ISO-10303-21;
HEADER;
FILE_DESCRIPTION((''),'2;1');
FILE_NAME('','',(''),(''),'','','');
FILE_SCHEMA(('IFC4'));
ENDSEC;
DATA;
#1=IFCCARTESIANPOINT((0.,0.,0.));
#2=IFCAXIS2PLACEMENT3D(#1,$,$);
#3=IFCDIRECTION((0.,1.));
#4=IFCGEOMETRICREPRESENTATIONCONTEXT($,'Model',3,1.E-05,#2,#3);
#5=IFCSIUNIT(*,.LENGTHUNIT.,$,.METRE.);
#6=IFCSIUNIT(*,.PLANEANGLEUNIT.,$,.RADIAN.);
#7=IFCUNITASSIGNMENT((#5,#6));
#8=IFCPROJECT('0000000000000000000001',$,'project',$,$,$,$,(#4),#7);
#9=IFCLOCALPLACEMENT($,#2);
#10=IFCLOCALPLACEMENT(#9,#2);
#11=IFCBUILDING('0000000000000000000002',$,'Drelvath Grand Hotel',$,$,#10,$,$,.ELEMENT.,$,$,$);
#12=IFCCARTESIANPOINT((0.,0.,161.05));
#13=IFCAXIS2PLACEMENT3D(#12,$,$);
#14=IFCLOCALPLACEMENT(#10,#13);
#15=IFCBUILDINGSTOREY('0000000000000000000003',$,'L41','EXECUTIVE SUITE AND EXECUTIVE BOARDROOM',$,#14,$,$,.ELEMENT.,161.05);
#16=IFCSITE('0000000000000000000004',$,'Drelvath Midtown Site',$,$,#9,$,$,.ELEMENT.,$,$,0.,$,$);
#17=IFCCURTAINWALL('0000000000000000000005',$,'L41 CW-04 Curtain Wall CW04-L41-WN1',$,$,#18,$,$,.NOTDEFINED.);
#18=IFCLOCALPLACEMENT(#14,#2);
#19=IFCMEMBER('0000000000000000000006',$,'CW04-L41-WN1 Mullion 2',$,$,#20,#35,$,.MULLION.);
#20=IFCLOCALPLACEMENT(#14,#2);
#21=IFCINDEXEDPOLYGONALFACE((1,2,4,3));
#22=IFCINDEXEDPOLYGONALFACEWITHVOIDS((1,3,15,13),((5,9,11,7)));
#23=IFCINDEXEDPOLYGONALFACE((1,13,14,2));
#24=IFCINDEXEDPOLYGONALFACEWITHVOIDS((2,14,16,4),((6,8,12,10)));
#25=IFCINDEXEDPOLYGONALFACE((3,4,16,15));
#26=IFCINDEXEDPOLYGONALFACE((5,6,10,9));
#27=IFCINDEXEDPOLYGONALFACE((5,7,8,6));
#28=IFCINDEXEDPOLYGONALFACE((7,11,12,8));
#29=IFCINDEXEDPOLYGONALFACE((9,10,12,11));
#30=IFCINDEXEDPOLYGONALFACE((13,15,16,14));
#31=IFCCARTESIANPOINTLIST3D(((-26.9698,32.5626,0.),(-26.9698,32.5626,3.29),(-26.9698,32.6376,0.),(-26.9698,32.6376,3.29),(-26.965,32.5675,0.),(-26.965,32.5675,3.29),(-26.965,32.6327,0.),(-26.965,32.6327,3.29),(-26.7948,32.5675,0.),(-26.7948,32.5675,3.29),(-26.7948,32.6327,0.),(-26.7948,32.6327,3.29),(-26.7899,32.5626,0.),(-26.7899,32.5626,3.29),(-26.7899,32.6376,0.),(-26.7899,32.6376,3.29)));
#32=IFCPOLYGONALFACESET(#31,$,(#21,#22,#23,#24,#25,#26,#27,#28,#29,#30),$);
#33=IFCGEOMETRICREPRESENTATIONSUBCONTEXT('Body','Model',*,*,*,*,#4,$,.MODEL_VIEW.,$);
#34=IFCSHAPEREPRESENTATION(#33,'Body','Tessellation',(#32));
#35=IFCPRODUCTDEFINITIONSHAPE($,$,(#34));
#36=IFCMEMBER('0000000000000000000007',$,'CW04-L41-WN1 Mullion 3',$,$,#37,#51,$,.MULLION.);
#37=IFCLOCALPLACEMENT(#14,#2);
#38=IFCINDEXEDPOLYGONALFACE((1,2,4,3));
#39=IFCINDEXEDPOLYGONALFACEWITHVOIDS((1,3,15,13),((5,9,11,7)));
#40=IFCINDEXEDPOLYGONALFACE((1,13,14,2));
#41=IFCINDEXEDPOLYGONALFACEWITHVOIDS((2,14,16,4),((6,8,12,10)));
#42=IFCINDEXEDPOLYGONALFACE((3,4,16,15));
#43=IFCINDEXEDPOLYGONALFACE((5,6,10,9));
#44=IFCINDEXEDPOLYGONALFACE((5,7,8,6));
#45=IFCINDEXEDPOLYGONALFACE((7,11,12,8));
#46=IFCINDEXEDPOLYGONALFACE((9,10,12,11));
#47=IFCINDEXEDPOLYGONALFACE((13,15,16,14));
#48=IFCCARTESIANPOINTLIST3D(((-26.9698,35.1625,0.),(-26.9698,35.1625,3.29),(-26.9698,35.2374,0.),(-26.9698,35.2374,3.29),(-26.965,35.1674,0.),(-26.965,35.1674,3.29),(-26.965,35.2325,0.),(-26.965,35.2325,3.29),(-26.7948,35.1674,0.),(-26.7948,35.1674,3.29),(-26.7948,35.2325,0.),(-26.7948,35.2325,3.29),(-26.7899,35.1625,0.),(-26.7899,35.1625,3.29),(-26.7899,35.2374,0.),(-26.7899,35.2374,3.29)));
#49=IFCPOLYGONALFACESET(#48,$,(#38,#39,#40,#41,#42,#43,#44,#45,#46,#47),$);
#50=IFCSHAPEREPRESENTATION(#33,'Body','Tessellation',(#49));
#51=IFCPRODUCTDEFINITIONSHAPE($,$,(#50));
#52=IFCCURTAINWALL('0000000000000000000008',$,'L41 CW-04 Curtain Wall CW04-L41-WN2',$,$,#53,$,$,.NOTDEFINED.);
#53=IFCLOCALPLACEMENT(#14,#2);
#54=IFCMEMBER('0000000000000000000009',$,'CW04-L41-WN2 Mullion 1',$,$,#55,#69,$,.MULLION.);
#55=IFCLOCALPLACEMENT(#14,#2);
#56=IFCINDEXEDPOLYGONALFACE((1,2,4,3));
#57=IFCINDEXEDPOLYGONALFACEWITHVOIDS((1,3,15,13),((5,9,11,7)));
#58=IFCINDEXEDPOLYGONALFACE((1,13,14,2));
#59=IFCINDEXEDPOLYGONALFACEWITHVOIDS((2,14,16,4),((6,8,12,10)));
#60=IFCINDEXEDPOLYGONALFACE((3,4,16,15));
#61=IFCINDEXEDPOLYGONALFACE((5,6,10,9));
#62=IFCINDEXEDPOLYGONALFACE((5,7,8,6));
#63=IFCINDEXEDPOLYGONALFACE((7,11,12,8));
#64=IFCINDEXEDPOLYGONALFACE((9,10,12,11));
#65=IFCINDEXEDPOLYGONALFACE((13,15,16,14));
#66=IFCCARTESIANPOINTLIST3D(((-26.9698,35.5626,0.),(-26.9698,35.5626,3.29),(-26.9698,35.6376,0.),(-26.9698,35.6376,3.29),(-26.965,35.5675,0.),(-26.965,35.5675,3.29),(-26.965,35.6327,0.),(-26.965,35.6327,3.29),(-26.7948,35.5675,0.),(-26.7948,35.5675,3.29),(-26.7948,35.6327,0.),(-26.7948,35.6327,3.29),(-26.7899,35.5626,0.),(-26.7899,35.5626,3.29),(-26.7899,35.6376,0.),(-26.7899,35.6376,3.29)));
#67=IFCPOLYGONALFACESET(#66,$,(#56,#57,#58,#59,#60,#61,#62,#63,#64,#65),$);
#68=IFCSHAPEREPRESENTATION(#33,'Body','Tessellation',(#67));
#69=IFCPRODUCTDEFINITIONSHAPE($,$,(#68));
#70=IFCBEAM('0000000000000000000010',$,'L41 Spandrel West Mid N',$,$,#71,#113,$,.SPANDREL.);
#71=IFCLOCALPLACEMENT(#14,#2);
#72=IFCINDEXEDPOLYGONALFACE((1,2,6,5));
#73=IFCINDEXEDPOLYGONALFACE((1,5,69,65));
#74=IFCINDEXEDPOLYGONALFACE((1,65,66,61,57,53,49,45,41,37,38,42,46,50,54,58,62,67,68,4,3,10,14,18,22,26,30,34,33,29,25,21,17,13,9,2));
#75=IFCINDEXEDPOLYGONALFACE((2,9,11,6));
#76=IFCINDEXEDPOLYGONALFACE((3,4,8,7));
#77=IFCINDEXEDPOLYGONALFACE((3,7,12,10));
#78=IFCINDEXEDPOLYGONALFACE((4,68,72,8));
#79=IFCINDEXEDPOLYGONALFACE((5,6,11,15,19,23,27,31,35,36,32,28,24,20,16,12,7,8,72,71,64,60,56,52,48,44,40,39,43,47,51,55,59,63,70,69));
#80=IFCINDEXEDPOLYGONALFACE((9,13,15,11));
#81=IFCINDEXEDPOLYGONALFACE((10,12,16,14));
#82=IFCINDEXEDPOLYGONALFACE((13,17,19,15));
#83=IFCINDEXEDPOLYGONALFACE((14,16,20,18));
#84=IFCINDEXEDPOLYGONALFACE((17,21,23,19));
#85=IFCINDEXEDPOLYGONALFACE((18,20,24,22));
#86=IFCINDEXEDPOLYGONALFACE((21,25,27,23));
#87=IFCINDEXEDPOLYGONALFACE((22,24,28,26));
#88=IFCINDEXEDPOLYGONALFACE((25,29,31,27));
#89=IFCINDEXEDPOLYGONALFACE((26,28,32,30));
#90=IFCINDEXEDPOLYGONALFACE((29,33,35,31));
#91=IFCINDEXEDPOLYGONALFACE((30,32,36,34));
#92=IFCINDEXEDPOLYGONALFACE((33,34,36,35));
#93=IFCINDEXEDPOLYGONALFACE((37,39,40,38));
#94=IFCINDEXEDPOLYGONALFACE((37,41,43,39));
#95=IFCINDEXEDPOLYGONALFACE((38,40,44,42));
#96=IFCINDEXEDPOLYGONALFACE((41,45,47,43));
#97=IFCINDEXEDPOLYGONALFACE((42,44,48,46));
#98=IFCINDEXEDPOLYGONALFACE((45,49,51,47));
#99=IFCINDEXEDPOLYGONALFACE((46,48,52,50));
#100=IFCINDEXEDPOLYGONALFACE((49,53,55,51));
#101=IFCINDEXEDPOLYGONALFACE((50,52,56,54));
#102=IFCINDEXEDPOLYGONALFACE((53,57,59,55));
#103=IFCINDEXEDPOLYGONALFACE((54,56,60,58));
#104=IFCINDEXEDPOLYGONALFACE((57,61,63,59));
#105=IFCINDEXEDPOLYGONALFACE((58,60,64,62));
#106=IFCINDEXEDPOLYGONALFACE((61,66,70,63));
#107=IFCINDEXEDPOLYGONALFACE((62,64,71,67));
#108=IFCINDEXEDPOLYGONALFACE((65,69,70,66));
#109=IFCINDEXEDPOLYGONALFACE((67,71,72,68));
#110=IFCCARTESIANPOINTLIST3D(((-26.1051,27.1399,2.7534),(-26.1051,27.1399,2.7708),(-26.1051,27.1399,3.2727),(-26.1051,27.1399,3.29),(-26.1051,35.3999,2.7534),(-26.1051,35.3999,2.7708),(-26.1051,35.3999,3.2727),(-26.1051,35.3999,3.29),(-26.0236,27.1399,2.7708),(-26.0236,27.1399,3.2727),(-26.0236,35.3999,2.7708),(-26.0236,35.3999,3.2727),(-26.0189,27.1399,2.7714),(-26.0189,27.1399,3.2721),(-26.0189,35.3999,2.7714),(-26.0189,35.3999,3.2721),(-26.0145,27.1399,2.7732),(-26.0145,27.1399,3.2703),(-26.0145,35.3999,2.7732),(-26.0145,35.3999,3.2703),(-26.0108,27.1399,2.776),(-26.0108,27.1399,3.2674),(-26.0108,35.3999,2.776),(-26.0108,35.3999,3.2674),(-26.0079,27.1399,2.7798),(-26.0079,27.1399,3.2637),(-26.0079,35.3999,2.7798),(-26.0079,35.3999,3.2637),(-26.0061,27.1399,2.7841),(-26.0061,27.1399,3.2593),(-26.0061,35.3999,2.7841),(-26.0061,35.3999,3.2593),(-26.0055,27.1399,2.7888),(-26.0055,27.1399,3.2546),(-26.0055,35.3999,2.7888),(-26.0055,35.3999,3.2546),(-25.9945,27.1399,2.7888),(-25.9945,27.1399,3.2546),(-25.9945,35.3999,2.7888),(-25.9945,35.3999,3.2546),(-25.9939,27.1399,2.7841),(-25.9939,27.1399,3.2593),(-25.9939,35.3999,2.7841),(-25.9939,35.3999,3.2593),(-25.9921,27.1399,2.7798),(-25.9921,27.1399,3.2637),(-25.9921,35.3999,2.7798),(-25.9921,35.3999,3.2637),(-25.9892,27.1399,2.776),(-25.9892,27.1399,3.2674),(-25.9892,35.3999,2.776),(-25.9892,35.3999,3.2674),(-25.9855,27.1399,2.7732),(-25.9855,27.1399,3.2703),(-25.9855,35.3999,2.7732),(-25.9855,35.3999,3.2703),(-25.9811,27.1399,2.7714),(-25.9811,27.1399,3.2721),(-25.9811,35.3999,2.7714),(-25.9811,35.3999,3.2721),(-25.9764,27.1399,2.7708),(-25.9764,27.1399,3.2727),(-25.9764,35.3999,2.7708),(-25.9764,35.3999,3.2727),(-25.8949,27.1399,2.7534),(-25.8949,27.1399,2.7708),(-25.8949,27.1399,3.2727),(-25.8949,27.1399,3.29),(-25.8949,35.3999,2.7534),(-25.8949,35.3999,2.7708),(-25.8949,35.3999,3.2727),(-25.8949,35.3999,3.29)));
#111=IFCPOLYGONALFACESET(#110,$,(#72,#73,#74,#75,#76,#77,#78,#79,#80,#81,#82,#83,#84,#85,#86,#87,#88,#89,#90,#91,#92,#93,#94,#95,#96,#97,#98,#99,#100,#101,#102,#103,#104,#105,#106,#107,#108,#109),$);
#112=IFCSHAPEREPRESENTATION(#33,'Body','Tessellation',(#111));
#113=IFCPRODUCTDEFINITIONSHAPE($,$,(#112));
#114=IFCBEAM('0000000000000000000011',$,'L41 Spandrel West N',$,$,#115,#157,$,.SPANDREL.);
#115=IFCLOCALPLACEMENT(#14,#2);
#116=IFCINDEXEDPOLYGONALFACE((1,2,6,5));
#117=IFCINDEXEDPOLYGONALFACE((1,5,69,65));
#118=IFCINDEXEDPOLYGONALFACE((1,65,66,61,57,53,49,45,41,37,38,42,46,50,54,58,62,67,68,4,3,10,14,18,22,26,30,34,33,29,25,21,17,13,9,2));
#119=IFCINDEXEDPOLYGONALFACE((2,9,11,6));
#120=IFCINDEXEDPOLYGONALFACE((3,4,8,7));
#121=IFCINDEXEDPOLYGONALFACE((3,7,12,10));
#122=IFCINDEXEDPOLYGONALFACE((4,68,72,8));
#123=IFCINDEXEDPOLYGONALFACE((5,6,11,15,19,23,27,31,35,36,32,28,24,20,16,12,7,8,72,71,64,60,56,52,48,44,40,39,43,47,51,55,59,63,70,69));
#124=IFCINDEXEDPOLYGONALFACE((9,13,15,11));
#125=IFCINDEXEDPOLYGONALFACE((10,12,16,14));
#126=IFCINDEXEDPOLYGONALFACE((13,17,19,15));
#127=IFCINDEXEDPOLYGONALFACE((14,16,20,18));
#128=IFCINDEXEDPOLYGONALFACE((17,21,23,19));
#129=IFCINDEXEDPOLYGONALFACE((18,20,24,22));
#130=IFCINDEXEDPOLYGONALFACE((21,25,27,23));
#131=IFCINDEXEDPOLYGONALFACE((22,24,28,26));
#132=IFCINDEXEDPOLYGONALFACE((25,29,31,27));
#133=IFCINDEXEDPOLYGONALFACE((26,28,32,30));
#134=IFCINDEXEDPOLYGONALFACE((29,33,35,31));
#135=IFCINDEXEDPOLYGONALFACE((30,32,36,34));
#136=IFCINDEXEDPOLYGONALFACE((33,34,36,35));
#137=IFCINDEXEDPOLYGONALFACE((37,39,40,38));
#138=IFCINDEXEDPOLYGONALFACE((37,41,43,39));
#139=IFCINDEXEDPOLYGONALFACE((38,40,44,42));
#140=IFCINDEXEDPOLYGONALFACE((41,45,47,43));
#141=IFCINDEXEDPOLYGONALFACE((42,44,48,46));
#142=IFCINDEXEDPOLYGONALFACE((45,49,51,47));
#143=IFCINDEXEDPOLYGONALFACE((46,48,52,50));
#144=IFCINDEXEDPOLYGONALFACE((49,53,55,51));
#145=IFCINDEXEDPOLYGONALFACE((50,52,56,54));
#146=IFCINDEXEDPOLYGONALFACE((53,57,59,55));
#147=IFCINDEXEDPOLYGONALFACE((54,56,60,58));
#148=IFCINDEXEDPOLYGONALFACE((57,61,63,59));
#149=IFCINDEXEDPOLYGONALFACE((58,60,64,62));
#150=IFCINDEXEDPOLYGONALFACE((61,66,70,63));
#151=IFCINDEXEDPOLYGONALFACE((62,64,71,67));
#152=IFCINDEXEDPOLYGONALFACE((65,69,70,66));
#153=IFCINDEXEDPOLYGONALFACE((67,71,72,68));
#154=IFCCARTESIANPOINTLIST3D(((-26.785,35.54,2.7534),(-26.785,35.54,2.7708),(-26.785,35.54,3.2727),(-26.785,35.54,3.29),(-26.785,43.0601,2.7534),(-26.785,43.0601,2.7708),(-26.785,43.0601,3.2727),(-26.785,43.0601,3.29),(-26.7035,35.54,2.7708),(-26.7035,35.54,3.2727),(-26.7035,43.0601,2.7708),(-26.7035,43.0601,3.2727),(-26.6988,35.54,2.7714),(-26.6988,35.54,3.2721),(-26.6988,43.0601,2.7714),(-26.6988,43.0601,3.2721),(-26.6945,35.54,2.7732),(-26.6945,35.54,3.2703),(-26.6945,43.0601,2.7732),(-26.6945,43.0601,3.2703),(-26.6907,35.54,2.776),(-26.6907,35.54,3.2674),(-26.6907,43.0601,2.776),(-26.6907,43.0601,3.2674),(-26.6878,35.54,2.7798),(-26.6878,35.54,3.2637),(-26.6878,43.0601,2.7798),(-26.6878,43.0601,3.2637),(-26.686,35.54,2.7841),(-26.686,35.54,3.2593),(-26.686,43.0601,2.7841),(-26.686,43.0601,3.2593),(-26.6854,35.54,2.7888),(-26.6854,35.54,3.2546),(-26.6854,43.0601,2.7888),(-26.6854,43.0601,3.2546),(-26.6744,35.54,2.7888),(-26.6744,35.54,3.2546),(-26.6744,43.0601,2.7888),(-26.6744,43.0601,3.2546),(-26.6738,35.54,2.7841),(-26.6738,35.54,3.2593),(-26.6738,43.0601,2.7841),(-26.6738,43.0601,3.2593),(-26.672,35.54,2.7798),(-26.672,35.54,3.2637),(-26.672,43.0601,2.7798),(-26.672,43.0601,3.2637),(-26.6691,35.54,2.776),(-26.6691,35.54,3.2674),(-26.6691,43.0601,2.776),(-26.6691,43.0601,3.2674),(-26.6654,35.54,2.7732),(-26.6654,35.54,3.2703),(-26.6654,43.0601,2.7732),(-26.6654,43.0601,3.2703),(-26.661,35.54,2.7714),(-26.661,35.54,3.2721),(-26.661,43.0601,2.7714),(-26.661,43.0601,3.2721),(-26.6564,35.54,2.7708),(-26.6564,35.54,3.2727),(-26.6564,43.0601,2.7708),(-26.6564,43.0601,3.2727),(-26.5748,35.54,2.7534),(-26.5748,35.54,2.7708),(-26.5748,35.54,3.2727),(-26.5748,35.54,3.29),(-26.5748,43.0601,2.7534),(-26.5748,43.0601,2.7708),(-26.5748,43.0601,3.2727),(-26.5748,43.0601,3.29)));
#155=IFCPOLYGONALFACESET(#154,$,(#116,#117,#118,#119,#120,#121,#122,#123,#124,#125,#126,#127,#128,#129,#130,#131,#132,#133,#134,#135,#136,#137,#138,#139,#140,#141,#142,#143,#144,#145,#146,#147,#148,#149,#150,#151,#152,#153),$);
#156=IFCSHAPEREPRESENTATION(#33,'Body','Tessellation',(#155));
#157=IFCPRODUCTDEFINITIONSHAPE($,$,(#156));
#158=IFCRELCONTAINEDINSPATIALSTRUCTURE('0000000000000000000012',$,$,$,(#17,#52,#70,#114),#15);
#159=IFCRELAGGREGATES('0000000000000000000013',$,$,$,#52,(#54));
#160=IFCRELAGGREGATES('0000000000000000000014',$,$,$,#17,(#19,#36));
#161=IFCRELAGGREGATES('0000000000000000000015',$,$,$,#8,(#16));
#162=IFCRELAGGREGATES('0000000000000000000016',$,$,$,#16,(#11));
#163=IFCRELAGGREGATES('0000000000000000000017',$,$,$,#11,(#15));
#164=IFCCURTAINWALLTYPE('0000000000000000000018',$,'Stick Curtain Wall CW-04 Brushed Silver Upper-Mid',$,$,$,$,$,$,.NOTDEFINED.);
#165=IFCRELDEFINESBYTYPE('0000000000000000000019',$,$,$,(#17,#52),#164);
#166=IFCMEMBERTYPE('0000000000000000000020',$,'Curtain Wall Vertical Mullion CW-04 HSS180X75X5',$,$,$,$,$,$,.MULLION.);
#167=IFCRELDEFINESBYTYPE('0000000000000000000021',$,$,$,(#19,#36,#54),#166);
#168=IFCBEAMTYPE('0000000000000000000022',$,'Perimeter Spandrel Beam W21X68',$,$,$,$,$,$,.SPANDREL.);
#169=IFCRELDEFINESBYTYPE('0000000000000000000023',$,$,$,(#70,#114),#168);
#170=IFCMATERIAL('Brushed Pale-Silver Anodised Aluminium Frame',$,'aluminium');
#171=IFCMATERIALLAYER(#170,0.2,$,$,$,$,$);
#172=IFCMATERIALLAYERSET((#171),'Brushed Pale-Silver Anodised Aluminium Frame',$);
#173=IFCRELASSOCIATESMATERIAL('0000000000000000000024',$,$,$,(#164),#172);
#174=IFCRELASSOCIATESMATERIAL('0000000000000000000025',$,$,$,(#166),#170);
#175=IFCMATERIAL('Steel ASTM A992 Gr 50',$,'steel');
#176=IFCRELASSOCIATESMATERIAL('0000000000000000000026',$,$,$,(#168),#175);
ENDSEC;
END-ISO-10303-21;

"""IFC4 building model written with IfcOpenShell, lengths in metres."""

from ifc_helpers import new_model, si_unit, direction, frame, origin, origin_2d, place, context, subcontext, project, spatial, hollow_rectangle, i_section, extrude, material, layer, layer_set, material_profile, profile_set, type_object, element, aggregate, save


model = new_model("IFC4")

# Units and contexts
model_context = context("Model", 3, precision=1e-05, world=origin(), true_north=direction((0.0, 1.0)))
body_context = subcontext(model_context, "Body", "Model", "MODEL_VIEW")
ifc_project = project(units=[si_unit("LENGTHUNIT", "METRE"), si_unit("PLANEANGLEUNIT", "RADIAN")], contexts=[model_context])

# Site, building, storey
site_placement = place(None, origin())
site = spatial("IfcSite", under=ifc_project, at=site_placement, Name="Drelvath Midtown Site", CompositionType="ELEMENT", RefElevation=0.0)
building_placement = place(site_placement, origin())
building = spatial("IfcBuilding", under=site, at=building_placement, Name="Drelvath Grand Hotel", CompositionType="ELEMENT")
storey_placement = place(building_placement, frame((0.0, 0.0, 161.05)))
storey = spatial("IfcBuildingStorey", under=building, at=storey_placement, Name="L41", Description="EXECUTIVE SUITE AND EXECUTIVE BOARDROOM", CompositionType="ELEMENT", Elevation=161.05)

# Curtain wall
ifc_material_1 = material(Name="Brushed Pale-Silver Anodised Aluminium Frame", Category="aluminium")
ifc_layer_1 = layer(ifc_material_1, 0.2)
ifc_layer_set_1 = layer_set([ifc_layer_1], Name="Brushed Pale-Silver Anodised Aluminium Frame")
curtain_wall_type = type_object("IfcCurtainWallType", Name="Stick Curtain Wall CW-04 Brushed Silver Upper-Mid", PredefinedType="NOTDEFINED", material=ifc_layer_set_1)
curtain_wall_1_placement = place(storey_placement, origin())
curtain_wall_1 = element("IfcCurtainWall", 1, at=curtain_wall_1_placement, inside=storey, type_object=curtain_wall_type, Name="L41 CW-04 Curtain Wall CW04-L41-WN1", PredefinedType="NOTDEFINED")

# Members
ifc_material_profile_1 = material_profile(ifc_material_1, hollow_rectangle(XDim=0.075, YDim=0.1799, WallThickness=0.0049, at=origin_2d()), Name="HSS180X75X5")
ifc_profile_set_1 = profile_set([ifc_material_profile_1], Name="Brushed Pale-Silver Anodised Aluminium Frame")
member_type_1 = type_object("IfcMemberType", Name="Curtain Wall Vertical Mullion CW-04 HSS180X75X5", PredefinedType="MULLION", material=ifc_profile_set_1)
member_1_placement = place(storey_placement, frame((-26.8799, 32.6001, 0.0), z_axis=(0.0, 0.0, 1.0), x_axis=(0.0, 1.0, 0.0)))
member_1 = element("IfcMember", 2, at=member_1_placement, type_object=member_type_1, Name="CW04-L41-WN1 Mullion 2", PredefinedType="MULLION", context=body_context, shape_type="SweptSolid", body=[
    extrude(hollow_rectangle(XDim=0.075, YDim=0.1799, WallThickness=0.0049, at=origin_2d()), origin(), (0.0, 0.0, 1.0), 3.29),
])
member_2_placement = place(storey_placement, frame((-26.8799, 35.2, 0.0), z_axis=(0.0, 0.0, 1.0), x_axis=(0.0, 1.0, 0.0)))
member_2 = element("IfcMember", 3, at=member_2_placement, type_object=member_type_1, Name="CW04-L41-WN1 Mullion 3", PredefinedType="MULLION", context=body_context, shape_type="SweptSolid", body=[
    extrude(hollow_rectangle(XDim=0.075, YDim=0.1799, WallThickness=0.0049, at=origin_2d()), origin(), (0.0, 0.0, 1.0), 3.29),
])

# Curtain wall, member
curtain_wall_2_placement = place(storey_placement, origin())
curtain_wall_2 = element("IfcCurtainWall", 4, at=curtain_wall_2_placement, inside=storey, type_object=curtain_wall_type, Name="L41 CW-04 Curtain Wall CW04-L41-WN2", PredefinedType="NOTDEFINED")
member_3_placement = place(storey_placement, frame((-26.8799, 35.6001, 0.0), z_axis=(0.0, 0.0, 1.0), x_axis=(0.0, 1.0, 0.0)))
member_3 = element("IfcMember", 5, at=member_3_placement, type_object=member_type_1, Name="CW04-L41-WN2 Mullion 1", PredefinedType="MULLION", context=body_context, shape_type="SweptSolid", body=[
    extrude(hollow_rectangle(XDim=0.075, YDim=0.1799, WallThickness=0.0049, at=origin_2d()), origin(), (0.0, 0.0, 1.0), 3.29),
])
aggregate(curtain_wall_2, [member_3])

# Beams
ifc_material_2 = material(Name="Steel ASTM A992 Gr 50", Category="steel")
ifc_material_profile_2 = material_profile(ifc_material_2, i_section(OverallWidth=0.2102, OverallDepth=0.5366, WebThickness=0.011, FlangeThickness=0.0173, FilletRadius=0.0181, at=origin_2d()), Name="W21X68")
ifc_profile_set_2 = profile_set([ifc_material_profile_2], Name="Steel ASTM A992 Gr 50")
beam_type_1 = type_object("IfcBeamType", Name="Perimeter Spandrel Beam W21X68", PredefinedType="SPANDREL", material=ifc_profile_set_2)
beam_1_placement = place(storey_placement, frame((-26.0, 27.1399, 3.0217), z_axis=(0.0, 1.0, 0.0), x_axis=(-1.0, 0.0, 0.0)))
element("IfcBeam", 6, at=beam_1_placement, inside=storey, type_object=beam_type_1, Name="L41 Spandrel West Mid N", PredefinedType="SPANDREL", context=body_context, shape_type="SweptSolid", body=[
    extrude(i_section(OverallWidth=0.2102, OverallDepth=0.5366, WebThickness=0.011, FlangeThickness=0.0173, FilletRadius=0.0181, at=origin_2d()), origin(), (0.0, 0.0, 1.0), 8.26),
])
beam_2_placement = place(storey_placement, frame((-26.6799, 35.54, 3.0217), z_axis=(0.0, 1.0, 0.0), x_axis=(-1.0, 0.0, 0.0)))
element("IfcBeam", 7, at=beam_2_placement, inside=storey, type_object=beam_type_1, Name="L41 Spandrel West N", PredefinedType="SPANDREL", context=body_context, shape_type="SweptSolid", body=[
    extrude(i_section(OverallWidth=0.2102, OverallDepth=0.5366, WebThickness=0.011, FlangeThickness=0.0173, FilletRadius=0.0181, at=origin_2d()), origin(), (0.0, 0.0, 1.0), 7.52),
])

aggregate(curtain_wall_1, [member_1, member_2])

save(model, "model.ifc")
